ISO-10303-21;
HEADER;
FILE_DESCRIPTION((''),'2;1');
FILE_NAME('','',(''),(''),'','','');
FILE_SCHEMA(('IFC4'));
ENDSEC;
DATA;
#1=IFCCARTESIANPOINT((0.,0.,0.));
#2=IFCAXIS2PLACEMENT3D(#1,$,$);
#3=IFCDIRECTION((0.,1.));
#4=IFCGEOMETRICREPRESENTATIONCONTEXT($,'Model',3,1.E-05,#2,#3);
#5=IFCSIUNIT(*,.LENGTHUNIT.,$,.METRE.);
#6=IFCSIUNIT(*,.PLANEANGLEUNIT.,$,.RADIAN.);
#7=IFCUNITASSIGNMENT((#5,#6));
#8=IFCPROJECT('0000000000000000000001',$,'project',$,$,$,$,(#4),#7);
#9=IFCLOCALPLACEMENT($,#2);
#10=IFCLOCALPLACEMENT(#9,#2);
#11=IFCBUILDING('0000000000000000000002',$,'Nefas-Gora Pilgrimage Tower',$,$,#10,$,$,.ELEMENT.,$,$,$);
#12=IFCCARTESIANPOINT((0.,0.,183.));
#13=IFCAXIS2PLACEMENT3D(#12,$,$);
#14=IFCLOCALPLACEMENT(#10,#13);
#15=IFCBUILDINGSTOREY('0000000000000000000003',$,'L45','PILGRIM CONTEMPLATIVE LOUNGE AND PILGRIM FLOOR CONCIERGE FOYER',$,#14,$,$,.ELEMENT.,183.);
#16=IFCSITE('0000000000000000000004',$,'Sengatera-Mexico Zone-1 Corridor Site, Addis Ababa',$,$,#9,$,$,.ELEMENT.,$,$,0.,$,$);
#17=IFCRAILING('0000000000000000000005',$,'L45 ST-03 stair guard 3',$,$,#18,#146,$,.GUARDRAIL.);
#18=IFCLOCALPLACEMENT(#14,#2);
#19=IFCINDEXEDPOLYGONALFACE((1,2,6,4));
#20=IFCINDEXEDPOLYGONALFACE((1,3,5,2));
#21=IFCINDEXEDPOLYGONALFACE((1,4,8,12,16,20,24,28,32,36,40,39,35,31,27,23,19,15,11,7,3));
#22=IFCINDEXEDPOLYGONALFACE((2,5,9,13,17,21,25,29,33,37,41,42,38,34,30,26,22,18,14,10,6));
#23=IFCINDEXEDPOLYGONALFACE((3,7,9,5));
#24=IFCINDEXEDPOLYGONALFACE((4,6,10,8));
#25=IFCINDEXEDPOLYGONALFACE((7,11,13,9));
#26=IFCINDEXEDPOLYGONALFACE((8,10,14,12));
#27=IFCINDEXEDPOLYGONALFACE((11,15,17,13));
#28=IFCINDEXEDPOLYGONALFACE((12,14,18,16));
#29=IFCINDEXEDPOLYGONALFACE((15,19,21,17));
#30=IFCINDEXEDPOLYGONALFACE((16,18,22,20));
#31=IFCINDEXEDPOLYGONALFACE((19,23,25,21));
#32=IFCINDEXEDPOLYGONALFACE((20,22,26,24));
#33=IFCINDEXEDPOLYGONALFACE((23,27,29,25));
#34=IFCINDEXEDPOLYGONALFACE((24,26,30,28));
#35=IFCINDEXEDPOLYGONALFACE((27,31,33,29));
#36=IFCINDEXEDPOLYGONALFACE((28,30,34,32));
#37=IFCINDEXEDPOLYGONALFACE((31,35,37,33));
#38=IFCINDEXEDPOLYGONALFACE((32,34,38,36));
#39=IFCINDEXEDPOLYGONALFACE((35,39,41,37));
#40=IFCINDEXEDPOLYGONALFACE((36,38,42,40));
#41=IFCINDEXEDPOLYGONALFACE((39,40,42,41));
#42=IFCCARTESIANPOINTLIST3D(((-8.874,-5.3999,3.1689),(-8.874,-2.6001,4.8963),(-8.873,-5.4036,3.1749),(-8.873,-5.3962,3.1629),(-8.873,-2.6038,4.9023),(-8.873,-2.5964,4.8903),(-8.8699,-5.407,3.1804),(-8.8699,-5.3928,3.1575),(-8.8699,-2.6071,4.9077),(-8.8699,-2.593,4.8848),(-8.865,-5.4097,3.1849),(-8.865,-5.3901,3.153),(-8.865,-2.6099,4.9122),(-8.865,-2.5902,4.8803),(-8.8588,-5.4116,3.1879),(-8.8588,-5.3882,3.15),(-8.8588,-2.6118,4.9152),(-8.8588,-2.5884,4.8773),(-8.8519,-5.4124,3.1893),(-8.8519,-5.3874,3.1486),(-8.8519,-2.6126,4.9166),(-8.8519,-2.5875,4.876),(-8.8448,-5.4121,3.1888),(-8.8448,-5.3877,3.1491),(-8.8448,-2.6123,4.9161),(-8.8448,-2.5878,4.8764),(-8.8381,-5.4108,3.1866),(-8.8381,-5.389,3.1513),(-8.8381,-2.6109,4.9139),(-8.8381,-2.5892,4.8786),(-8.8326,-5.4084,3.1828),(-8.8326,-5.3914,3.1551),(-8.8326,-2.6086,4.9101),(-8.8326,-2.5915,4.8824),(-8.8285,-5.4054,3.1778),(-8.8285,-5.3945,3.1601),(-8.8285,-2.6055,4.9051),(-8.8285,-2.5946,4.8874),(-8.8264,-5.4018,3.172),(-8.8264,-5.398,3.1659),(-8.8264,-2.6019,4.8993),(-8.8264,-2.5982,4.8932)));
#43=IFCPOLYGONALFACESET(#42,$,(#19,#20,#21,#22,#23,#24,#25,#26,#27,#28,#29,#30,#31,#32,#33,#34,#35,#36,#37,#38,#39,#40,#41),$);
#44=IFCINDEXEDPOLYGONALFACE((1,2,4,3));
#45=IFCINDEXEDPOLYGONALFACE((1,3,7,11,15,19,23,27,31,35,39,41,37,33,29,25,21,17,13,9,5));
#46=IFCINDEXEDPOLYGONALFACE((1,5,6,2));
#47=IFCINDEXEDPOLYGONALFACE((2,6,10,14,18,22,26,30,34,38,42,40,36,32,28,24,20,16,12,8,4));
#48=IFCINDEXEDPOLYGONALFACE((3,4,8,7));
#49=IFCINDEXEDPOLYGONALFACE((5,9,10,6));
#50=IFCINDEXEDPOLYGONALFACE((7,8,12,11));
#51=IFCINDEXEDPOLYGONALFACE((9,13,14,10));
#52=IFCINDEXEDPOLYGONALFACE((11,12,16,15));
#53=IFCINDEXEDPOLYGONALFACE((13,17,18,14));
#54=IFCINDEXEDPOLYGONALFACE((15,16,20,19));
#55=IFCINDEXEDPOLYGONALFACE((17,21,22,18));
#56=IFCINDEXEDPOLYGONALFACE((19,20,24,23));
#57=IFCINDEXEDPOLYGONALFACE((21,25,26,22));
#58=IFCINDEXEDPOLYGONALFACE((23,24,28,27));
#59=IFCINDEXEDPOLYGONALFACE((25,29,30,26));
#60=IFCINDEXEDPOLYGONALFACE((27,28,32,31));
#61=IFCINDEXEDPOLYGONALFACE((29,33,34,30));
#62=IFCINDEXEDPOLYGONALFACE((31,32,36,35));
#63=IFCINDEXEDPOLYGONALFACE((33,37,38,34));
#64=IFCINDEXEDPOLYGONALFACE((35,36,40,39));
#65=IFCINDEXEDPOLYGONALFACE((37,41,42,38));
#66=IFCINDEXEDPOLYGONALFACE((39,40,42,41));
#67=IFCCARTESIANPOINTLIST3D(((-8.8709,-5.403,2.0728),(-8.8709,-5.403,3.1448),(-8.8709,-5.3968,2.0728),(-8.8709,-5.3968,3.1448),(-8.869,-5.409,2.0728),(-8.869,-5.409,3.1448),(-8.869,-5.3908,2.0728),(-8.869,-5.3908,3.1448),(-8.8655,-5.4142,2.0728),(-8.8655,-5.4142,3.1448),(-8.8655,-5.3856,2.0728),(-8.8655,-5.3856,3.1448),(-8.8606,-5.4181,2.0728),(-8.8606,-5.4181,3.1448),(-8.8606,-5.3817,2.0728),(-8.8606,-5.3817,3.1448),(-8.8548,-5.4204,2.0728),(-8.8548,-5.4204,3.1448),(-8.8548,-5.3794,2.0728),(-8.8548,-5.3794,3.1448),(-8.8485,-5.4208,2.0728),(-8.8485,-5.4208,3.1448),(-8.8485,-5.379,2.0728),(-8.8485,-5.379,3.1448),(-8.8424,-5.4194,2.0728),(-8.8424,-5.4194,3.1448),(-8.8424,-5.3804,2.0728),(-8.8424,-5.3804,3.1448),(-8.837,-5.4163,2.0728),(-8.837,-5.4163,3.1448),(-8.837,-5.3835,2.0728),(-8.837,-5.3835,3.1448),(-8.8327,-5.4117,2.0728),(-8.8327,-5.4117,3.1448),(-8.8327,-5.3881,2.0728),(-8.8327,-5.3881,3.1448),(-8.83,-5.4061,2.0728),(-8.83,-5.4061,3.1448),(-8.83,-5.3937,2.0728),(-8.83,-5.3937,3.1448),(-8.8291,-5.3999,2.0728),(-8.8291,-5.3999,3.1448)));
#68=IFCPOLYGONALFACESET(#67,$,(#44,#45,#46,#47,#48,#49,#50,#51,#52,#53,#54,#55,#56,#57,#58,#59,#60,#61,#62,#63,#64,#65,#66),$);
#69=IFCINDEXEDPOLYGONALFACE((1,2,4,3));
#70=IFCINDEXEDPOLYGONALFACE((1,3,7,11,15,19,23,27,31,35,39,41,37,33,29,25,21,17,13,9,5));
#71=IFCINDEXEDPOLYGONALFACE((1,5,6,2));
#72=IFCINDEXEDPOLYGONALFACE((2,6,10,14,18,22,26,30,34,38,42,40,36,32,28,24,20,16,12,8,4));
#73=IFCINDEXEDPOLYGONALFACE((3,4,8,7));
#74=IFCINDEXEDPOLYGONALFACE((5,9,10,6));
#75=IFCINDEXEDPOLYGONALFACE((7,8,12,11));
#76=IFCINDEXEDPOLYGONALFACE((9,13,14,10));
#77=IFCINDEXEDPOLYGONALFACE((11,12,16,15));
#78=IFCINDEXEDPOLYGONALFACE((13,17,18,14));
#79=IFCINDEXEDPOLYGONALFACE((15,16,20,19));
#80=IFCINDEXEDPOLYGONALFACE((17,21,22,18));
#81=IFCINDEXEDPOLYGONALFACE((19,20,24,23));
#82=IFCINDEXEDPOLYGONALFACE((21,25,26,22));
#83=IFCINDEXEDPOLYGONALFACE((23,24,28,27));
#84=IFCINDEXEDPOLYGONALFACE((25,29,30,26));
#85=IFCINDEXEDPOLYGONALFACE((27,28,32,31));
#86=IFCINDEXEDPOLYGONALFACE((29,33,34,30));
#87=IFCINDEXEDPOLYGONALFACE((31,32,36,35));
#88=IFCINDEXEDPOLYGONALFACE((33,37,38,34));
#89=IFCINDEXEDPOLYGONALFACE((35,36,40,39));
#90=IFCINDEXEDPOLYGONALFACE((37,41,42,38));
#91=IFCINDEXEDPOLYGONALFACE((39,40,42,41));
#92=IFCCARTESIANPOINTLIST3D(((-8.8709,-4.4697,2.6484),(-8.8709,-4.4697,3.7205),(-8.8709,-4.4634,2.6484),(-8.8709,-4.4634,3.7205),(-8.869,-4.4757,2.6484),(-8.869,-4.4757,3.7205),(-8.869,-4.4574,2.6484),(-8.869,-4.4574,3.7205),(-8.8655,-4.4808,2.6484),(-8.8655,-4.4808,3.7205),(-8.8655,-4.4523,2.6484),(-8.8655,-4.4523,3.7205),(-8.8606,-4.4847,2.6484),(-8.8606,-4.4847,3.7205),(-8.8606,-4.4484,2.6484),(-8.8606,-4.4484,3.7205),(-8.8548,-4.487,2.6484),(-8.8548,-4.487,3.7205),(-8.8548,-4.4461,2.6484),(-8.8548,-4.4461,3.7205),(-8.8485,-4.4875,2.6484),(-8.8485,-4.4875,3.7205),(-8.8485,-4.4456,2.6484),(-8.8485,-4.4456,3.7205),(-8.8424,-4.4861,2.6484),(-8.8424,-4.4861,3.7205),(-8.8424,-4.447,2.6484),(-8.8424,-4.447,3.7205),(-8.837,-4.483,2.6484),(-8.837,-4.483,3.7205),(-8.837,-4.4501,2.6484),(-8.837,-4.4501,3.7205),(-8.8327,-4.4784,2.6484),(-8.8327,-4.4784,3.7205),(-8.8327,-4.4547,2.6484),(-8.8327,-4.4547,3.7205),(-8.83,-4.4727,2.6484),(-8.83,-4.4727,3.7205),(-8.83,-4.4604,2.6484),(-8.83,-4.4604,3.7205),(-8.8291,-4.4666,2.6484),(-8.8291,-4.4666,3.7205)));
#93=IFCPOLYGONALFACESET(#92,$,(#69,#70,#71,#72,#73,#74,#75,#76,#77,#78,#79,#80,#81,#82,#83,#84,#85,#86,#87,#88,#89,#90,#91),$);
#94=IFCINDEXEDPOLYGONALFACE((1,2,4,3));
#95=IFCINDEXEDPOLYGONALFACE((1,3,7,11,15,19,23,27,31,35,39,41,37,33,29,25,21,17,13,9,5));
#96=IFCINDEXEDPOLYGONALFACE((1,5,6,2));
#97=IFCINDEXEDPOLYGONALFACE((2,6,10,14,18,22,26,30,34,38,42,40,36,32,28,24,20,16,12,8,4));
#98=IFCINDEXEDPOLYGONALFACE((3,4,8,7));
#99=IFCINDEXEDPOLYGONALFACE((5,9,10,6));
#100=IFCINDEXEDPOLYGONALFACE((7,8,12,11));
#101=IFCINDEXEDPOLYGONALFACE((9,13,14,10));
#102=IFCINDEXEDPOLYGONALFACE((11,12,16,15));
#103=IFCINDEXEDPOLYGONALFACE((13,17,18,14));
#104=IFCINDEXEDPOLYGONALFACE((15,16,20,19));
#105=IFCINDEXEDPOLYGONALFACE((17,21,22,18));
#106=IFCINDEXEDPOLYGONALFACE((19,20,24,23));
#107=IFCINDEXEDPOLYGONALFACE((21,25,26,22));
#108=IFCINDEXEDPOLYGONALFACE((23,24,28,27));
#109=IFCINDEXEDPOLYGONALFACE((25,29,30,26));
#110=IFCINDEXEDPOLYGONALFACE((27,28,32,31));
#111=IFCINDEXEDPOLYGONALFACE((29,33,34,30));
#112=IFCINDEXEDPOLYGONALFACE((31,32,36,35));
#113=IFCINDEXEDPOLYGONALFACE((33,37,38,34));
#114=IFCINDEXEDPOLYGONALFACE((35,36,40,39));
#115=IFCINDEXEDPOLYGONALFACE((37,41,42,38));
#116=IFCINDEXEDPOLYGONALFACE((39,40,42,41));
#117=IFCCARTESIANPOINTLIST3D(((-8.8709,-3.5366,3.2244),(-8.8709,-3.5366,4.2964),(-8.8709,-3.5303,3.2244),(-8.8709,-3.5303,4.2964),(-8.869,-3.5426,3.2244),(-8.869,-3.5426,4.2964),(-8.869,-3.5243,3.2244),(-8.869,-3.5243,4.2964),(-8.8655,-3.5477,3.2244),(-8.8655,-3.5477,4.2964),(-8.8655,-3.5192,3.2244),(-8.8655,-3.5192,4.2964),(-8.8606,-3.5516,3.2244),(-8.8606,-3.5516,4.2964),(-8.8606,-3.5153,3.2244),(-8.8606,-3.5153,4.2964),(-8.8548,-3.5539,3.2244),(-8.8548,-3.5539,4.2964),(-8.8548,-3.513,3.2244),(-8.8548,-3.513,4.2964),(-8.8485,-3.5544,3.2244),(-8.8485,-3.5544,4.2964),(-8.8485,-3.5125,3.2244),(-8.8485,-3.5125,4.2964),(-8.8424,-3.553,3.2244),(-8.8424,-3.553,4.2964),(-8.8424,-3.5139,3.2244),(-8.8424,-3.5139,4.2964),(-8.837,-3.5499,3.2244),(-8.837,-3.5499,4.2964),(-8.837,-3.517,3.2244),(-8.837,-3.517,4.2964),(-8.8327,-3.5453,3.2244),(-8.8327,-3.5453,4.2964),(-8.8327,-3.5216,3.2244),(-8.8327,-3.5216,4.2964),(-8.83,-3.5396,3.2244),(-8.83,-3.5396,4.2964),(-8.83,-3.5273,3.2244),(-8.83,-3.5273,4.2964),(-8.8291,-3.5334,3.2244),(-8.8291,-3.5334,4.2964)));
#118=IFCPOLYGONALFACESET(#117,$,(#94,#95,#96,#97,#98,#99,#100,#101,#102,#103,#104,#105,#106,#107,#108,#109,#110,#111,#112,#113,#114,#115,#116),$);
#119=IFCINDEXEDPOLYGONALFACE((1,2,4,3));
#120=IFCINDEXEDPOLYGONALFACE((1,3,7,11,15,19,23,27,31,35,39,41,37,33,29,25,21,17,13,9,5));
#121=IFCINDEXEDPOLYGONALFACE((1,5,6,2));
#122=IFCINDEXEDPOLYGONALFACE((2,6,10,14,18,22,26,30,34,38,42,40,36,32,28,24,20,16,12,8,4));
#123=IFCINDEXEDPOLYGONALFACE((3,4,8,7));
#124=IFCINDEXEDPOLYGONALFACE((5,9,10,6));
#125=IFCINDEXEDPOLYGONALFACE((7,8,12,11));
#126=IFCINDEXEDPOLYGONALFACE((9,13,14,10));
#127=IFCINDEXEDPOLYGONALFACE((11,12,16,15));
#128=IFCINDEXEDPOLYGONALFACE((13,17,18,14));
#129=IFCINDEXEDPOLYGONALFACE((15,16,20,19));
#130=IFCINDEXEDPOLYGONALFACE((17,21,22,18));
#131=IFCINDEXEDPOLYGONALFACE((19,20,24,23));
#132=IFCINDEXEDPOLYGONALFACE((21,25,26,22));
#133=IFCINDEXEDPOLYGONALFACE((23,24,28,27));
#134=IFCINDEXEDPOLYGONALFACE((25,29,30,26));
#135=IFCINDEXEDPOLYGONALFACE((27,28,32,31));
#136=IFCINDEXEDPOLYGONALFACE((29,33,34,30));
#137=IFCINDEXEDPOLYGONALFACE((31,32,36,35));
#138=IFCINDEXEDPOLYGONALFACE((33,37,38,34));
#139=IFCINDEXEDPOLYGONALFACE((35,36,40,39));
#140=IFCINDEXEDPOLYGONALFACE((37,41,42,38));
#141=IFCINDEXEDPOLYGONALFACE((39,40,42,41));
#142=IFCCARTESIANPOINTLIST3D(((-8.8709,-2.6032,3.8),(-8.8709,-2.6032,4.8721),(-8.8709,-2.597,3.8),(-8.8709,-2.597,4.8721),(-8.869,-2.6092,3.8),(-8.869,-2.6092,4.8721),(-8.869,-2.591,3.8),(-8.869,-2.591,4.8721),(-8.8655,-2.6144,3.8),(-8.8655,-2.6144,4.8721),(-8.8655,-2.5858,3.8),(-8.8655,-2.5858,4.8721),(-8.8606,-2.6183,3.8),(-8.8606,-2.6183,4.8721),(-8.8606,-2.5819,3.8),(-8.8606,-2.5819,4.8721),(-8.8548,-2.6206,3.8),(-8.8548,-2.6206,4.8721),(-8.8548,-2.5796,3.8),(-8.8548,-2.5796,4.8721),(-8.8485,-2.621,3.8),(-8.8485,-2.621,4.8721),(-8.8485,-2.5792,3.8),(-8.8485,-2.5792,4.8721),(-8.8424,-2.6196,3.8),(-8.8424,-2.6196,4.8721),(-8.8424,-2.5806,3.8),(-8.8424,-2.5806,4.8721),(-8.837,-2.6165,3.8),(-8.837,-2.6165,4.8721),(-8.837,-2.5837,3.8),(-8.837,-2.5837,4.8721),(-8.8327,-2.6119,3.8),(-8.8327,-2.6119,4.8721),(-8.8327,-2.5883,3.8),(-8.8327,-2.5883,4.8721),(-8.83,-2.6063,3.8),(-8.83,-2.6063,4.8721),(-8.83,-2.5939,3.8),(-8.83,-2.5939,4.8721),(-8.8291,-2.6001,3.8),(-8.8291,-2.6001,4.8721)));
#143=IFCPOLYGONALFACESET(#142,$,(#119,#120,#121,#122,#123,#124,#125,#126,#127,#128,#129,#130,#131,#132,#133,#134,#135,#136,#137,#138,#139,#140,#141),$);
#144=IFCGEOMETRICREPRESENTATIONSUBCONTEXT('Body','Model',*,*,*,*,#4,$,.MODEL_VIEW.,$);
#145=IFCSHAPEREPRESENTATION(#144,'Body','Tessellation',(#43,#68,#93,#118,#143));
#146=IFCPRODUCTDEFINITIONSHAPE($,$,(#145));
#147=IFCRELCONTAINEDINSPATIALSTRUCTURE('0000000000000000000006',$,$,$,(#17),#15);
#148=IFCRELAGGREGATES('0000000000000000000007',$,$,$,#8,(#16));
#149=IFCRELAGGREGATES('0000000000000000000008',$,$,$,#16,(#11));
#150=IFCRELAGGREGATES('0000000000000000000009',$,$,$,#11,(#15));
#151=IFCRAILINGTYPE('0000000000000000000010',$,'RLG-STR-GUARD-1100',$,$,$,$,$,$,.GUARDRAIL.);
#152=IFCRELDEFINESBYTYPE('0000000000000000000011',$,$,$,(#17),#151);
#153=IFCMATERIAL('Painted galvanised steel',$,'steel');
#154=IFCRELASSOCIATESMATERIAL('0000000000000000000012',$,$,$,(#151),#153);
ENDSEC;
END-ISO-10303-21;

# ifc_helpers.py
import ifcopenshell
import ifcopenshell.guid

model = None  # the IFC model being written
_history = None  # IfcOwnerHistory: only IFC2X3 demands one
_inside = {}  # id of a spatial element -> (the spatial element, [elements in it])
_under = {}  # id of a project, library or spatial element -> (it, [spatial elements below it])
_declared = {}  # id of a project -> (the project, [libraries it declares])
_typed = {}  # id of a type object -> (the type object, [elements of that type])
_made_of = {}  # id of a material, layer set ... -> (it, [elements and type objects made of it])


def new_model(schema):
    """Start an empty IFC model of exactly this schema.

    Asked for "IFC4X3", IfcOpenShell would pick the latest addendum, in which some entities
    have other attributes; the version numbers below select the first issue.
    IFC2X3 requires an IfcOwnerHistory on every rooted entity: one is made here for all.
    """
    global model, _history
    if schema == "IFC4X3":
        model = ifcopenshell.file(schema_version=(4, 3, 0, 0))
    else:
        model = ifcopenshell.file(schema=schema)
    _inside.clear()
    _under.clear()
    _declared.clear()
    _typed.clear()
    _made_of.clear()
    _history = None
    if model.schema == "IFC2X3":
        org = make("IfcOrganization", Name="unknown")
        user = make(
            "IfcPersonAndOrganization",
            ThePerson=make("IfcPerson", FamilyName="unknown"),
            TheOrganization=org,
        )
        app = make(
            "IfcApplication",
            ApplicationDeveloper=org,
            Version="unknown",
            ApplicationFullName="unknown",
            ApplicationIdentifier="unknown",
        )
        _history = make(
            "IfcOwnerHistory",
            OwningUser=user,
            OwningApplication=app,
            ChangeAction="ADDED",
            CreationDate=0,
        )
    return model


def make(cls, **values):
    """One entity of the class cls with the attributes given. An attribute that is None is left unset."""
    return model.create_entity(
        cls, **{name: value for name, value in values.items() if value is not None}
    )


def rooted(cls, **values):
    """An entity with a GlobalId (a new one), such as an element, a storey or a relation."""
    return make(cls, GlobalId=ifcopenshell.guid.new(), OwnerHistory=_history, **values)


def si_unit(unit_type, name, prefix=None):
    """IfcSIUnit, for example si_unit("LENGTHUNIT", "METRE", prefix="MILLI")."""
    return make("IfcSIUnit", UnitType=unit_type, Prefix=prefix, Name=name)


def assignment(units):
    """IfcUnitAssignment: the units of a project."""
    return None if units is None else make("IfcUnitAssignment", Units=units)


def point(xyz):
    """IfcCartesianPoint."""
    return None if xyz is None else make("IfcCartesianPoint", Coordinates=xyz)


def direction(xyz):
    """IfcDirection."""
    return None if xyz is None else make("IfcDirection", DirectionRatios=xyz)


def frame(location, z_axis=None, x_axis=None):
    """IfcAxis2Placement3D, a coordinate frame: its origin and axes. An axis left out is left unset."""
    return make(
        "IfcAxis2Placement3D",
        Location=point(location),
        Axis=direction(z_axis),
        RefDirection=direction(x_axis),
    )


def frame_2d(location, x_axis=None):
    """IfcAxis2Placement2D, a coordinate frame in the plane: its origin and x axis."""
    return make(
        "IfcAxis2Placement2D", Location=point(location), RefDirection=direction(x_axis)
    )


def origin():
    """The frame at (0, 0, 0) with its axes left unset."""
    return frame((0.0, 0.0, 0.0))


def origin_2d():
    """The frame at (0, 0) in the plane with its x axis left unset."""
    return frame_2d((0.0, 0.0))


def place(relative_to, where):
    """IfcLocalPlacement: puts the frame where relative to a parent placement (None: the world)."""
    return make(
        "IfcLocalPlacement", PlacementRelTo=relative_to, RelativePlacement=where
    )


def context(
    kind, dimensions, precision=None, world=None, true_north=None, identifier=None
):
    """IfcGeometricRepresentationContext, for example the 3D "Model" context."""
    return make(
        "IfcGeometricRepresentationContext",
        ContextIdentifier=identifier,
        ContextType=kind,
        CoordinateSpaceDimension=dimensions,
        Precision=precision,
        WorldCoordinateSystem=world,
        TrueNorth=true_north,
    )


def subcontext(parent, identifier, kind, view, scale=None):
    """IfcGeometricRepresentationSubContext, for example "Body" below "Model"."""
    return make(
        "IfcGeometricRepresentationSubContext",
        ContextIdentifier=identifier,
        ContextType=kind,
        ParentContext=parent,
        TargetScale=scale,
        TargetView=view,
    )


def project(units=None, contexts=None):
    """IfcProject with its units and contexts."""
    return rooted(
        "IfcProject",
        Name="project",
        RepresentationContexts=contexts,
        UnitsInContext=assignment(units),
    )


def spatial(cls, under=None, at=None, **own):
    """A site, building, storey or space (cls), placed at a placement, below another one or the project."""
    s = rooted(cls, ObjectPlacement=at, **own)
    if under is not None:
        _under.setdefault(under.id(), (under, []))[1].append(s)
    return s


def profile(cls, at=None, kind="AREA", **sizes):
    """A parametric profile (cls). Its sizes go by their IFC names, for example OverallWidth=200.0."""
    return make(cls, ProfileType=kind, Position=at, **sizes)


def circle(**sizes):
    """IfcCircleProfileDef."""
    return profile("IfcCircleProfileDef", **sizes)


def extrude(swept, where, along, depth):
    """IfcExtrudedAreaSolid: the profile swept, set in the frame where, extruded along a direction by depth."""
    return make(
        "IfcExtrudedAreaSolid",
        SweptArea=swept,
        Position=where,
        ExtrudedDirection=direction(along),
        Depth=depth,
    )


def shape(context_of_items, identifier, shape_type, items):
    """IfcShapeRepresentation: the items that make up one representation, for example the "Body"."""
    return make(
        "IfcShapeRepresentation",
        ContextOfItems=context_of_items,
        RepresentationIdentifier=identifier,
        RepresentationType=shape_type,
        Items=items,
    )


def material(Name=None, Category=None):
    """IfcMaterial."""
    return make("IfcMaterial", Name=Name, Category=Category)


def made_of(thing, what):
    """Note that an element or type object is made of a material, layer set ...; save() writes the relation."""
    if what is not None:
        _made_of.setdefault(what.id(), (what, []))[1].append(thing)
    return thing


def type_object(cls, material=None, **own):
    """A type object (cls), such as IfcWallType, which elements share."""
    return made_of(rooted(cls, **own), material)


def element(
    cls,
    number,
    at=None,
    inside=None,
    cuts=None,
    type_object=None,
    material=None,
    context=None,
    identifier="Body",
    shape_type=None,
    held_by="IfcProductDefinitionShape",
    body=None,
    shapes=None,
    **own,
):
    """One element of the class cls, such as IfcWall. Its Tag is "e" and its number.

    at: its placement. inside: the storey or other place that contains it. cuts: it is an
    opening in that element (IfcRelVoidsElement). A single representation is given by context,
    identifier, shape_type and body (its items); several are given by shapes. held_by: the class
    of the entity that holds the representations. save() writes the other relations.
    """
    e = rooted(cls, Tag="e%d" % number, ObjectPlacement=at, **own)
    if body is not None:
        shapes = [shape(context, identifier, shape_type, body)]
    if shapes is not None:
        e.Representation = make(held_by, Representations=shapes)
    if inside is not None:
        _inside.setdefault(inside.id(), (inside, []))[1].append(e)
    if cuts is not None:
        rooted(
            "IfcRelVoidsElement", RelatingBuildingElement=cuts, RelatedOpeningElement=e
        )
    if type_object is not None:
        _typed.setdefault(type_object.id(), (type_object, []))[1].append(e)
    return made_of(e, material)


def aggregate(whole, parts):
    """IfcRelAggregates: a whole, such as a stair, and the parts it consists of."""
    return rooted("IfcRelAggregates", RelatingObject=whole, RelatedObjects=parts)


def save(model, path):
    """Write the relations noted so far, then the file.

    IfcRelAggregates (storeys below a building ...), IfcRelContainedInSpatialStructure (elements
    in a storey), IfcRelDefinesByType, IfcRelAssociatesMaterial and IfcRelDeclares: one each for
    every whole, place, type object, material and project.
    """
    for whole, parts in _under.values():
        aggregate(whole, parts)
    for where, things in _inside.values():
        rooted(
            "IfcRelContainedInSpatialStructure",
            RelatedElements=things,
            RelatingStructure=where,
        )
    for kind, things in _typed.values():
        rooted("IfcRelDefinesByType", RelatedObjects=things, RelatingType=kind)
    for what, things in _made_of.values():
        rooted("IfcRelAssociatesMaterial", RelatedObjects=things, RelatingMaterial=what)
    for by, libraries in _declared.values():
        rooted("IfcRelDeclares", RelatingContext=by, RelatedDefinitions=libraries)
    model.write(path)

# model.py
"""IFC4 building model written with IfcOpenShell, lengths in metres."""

from ifc_helpers import new_model, si_unit, direction, frame, origin, origin_2d, place, context, subcontext, project, spatial, circle, extrude, material, type_object, element, save


model = new_model("IFC4")

# Units and contexts
model_context = context("Model", 3, precision=1e-05, world=origin(), true_north=direction((0.0, 1.0)))
body_context = subcontext(model_context, "Body", "Model", "MODEL_VIEW")
ifc_project = project(units=[si_unit("LENGTHUNIT", "METRE"), si_unit("PLANEANGLEUNIT", "RADIAN")], contexts=[model_context])

# Site, building, storey
site_placement = place(None, origin())
site = spatial("IfcSite", under=ifc_project, at=site_placement, Name="Sengatera-Mexico Zone-1 Corridor Site, Addis Ababa", CompositionType="ELEMENT", RefElevation=0.0)
building_placement = place(site_placement, origin())
building = spatial("IfcBuilding", under=site, at=building_placement, Name="Nefas-Gora Pilgrimage Tower", CompositionType="ELEMENT")
storey_placement = place(building_placement, frame((0.0, 0.0, 183.0)))
storey = spatial("IfcBuildingStorey", under=building, at=storey_placement, Name="L45", Description="PILGRIM CONTEMPLATIVE LOUNGE AND PILGRIM FLOOR CONCIERGE FOYER", CompositionType="ELEMENT", Elevation=183.0)

# Railing
ifc_material_1 = material(Name="Painted galvanised steel", Category="steel")
railing_type_1 = type_object("IfcRailingType", Name="RLG-STR-GUARD-1100", PredefinedType="GUARDRAIL", material=ifc_material_1)
railing_1_placement = place(storey_placement, frame((-8.8501, -5.3999, 2.0728)))
element("IfcRailing", 1, at=railing_1_placement, inside=storey, type_object=railing_type_1, Name="L45 ST-03 stair guard 3", PredefinedType="GUARDRAIL", context=body_context, shape_type="SweptSolid", body=[
    extrude(circle(Radius=0.0239, at=origin_2d()), frame((0.0, 0.0, 1.0962), z_axis=(0.0, 0.851069, 0.525054), x_axis=(-1.0, 0.0, 0.0)), (0.0, 0.0, 1.0), 3.2898),
    extrude(circle(Radius=0.021, at=origin_2d()), origin(), (0.0, 0.0, 1.0), 1.072),
    extrude(circle(Radius=0.021, at=origin_2d()), frame((0.0, 0.9333, 0.5757)), (0.0, 0.0, 1.0), 1.072),
    extrude(circle(Radius=0.021, at=origin_2d()), frame((0.0, 1.8665, 1.1516)), (0.0, 0.0, 1.0), 1.072),
    extrude(circle(Radius=0.021, at=origin_2d()), frame((0.0, 2.7998, 1.7273)), (0.0, 0.0, 1.0), 1.072),
])

save(model, "model.ifc")
